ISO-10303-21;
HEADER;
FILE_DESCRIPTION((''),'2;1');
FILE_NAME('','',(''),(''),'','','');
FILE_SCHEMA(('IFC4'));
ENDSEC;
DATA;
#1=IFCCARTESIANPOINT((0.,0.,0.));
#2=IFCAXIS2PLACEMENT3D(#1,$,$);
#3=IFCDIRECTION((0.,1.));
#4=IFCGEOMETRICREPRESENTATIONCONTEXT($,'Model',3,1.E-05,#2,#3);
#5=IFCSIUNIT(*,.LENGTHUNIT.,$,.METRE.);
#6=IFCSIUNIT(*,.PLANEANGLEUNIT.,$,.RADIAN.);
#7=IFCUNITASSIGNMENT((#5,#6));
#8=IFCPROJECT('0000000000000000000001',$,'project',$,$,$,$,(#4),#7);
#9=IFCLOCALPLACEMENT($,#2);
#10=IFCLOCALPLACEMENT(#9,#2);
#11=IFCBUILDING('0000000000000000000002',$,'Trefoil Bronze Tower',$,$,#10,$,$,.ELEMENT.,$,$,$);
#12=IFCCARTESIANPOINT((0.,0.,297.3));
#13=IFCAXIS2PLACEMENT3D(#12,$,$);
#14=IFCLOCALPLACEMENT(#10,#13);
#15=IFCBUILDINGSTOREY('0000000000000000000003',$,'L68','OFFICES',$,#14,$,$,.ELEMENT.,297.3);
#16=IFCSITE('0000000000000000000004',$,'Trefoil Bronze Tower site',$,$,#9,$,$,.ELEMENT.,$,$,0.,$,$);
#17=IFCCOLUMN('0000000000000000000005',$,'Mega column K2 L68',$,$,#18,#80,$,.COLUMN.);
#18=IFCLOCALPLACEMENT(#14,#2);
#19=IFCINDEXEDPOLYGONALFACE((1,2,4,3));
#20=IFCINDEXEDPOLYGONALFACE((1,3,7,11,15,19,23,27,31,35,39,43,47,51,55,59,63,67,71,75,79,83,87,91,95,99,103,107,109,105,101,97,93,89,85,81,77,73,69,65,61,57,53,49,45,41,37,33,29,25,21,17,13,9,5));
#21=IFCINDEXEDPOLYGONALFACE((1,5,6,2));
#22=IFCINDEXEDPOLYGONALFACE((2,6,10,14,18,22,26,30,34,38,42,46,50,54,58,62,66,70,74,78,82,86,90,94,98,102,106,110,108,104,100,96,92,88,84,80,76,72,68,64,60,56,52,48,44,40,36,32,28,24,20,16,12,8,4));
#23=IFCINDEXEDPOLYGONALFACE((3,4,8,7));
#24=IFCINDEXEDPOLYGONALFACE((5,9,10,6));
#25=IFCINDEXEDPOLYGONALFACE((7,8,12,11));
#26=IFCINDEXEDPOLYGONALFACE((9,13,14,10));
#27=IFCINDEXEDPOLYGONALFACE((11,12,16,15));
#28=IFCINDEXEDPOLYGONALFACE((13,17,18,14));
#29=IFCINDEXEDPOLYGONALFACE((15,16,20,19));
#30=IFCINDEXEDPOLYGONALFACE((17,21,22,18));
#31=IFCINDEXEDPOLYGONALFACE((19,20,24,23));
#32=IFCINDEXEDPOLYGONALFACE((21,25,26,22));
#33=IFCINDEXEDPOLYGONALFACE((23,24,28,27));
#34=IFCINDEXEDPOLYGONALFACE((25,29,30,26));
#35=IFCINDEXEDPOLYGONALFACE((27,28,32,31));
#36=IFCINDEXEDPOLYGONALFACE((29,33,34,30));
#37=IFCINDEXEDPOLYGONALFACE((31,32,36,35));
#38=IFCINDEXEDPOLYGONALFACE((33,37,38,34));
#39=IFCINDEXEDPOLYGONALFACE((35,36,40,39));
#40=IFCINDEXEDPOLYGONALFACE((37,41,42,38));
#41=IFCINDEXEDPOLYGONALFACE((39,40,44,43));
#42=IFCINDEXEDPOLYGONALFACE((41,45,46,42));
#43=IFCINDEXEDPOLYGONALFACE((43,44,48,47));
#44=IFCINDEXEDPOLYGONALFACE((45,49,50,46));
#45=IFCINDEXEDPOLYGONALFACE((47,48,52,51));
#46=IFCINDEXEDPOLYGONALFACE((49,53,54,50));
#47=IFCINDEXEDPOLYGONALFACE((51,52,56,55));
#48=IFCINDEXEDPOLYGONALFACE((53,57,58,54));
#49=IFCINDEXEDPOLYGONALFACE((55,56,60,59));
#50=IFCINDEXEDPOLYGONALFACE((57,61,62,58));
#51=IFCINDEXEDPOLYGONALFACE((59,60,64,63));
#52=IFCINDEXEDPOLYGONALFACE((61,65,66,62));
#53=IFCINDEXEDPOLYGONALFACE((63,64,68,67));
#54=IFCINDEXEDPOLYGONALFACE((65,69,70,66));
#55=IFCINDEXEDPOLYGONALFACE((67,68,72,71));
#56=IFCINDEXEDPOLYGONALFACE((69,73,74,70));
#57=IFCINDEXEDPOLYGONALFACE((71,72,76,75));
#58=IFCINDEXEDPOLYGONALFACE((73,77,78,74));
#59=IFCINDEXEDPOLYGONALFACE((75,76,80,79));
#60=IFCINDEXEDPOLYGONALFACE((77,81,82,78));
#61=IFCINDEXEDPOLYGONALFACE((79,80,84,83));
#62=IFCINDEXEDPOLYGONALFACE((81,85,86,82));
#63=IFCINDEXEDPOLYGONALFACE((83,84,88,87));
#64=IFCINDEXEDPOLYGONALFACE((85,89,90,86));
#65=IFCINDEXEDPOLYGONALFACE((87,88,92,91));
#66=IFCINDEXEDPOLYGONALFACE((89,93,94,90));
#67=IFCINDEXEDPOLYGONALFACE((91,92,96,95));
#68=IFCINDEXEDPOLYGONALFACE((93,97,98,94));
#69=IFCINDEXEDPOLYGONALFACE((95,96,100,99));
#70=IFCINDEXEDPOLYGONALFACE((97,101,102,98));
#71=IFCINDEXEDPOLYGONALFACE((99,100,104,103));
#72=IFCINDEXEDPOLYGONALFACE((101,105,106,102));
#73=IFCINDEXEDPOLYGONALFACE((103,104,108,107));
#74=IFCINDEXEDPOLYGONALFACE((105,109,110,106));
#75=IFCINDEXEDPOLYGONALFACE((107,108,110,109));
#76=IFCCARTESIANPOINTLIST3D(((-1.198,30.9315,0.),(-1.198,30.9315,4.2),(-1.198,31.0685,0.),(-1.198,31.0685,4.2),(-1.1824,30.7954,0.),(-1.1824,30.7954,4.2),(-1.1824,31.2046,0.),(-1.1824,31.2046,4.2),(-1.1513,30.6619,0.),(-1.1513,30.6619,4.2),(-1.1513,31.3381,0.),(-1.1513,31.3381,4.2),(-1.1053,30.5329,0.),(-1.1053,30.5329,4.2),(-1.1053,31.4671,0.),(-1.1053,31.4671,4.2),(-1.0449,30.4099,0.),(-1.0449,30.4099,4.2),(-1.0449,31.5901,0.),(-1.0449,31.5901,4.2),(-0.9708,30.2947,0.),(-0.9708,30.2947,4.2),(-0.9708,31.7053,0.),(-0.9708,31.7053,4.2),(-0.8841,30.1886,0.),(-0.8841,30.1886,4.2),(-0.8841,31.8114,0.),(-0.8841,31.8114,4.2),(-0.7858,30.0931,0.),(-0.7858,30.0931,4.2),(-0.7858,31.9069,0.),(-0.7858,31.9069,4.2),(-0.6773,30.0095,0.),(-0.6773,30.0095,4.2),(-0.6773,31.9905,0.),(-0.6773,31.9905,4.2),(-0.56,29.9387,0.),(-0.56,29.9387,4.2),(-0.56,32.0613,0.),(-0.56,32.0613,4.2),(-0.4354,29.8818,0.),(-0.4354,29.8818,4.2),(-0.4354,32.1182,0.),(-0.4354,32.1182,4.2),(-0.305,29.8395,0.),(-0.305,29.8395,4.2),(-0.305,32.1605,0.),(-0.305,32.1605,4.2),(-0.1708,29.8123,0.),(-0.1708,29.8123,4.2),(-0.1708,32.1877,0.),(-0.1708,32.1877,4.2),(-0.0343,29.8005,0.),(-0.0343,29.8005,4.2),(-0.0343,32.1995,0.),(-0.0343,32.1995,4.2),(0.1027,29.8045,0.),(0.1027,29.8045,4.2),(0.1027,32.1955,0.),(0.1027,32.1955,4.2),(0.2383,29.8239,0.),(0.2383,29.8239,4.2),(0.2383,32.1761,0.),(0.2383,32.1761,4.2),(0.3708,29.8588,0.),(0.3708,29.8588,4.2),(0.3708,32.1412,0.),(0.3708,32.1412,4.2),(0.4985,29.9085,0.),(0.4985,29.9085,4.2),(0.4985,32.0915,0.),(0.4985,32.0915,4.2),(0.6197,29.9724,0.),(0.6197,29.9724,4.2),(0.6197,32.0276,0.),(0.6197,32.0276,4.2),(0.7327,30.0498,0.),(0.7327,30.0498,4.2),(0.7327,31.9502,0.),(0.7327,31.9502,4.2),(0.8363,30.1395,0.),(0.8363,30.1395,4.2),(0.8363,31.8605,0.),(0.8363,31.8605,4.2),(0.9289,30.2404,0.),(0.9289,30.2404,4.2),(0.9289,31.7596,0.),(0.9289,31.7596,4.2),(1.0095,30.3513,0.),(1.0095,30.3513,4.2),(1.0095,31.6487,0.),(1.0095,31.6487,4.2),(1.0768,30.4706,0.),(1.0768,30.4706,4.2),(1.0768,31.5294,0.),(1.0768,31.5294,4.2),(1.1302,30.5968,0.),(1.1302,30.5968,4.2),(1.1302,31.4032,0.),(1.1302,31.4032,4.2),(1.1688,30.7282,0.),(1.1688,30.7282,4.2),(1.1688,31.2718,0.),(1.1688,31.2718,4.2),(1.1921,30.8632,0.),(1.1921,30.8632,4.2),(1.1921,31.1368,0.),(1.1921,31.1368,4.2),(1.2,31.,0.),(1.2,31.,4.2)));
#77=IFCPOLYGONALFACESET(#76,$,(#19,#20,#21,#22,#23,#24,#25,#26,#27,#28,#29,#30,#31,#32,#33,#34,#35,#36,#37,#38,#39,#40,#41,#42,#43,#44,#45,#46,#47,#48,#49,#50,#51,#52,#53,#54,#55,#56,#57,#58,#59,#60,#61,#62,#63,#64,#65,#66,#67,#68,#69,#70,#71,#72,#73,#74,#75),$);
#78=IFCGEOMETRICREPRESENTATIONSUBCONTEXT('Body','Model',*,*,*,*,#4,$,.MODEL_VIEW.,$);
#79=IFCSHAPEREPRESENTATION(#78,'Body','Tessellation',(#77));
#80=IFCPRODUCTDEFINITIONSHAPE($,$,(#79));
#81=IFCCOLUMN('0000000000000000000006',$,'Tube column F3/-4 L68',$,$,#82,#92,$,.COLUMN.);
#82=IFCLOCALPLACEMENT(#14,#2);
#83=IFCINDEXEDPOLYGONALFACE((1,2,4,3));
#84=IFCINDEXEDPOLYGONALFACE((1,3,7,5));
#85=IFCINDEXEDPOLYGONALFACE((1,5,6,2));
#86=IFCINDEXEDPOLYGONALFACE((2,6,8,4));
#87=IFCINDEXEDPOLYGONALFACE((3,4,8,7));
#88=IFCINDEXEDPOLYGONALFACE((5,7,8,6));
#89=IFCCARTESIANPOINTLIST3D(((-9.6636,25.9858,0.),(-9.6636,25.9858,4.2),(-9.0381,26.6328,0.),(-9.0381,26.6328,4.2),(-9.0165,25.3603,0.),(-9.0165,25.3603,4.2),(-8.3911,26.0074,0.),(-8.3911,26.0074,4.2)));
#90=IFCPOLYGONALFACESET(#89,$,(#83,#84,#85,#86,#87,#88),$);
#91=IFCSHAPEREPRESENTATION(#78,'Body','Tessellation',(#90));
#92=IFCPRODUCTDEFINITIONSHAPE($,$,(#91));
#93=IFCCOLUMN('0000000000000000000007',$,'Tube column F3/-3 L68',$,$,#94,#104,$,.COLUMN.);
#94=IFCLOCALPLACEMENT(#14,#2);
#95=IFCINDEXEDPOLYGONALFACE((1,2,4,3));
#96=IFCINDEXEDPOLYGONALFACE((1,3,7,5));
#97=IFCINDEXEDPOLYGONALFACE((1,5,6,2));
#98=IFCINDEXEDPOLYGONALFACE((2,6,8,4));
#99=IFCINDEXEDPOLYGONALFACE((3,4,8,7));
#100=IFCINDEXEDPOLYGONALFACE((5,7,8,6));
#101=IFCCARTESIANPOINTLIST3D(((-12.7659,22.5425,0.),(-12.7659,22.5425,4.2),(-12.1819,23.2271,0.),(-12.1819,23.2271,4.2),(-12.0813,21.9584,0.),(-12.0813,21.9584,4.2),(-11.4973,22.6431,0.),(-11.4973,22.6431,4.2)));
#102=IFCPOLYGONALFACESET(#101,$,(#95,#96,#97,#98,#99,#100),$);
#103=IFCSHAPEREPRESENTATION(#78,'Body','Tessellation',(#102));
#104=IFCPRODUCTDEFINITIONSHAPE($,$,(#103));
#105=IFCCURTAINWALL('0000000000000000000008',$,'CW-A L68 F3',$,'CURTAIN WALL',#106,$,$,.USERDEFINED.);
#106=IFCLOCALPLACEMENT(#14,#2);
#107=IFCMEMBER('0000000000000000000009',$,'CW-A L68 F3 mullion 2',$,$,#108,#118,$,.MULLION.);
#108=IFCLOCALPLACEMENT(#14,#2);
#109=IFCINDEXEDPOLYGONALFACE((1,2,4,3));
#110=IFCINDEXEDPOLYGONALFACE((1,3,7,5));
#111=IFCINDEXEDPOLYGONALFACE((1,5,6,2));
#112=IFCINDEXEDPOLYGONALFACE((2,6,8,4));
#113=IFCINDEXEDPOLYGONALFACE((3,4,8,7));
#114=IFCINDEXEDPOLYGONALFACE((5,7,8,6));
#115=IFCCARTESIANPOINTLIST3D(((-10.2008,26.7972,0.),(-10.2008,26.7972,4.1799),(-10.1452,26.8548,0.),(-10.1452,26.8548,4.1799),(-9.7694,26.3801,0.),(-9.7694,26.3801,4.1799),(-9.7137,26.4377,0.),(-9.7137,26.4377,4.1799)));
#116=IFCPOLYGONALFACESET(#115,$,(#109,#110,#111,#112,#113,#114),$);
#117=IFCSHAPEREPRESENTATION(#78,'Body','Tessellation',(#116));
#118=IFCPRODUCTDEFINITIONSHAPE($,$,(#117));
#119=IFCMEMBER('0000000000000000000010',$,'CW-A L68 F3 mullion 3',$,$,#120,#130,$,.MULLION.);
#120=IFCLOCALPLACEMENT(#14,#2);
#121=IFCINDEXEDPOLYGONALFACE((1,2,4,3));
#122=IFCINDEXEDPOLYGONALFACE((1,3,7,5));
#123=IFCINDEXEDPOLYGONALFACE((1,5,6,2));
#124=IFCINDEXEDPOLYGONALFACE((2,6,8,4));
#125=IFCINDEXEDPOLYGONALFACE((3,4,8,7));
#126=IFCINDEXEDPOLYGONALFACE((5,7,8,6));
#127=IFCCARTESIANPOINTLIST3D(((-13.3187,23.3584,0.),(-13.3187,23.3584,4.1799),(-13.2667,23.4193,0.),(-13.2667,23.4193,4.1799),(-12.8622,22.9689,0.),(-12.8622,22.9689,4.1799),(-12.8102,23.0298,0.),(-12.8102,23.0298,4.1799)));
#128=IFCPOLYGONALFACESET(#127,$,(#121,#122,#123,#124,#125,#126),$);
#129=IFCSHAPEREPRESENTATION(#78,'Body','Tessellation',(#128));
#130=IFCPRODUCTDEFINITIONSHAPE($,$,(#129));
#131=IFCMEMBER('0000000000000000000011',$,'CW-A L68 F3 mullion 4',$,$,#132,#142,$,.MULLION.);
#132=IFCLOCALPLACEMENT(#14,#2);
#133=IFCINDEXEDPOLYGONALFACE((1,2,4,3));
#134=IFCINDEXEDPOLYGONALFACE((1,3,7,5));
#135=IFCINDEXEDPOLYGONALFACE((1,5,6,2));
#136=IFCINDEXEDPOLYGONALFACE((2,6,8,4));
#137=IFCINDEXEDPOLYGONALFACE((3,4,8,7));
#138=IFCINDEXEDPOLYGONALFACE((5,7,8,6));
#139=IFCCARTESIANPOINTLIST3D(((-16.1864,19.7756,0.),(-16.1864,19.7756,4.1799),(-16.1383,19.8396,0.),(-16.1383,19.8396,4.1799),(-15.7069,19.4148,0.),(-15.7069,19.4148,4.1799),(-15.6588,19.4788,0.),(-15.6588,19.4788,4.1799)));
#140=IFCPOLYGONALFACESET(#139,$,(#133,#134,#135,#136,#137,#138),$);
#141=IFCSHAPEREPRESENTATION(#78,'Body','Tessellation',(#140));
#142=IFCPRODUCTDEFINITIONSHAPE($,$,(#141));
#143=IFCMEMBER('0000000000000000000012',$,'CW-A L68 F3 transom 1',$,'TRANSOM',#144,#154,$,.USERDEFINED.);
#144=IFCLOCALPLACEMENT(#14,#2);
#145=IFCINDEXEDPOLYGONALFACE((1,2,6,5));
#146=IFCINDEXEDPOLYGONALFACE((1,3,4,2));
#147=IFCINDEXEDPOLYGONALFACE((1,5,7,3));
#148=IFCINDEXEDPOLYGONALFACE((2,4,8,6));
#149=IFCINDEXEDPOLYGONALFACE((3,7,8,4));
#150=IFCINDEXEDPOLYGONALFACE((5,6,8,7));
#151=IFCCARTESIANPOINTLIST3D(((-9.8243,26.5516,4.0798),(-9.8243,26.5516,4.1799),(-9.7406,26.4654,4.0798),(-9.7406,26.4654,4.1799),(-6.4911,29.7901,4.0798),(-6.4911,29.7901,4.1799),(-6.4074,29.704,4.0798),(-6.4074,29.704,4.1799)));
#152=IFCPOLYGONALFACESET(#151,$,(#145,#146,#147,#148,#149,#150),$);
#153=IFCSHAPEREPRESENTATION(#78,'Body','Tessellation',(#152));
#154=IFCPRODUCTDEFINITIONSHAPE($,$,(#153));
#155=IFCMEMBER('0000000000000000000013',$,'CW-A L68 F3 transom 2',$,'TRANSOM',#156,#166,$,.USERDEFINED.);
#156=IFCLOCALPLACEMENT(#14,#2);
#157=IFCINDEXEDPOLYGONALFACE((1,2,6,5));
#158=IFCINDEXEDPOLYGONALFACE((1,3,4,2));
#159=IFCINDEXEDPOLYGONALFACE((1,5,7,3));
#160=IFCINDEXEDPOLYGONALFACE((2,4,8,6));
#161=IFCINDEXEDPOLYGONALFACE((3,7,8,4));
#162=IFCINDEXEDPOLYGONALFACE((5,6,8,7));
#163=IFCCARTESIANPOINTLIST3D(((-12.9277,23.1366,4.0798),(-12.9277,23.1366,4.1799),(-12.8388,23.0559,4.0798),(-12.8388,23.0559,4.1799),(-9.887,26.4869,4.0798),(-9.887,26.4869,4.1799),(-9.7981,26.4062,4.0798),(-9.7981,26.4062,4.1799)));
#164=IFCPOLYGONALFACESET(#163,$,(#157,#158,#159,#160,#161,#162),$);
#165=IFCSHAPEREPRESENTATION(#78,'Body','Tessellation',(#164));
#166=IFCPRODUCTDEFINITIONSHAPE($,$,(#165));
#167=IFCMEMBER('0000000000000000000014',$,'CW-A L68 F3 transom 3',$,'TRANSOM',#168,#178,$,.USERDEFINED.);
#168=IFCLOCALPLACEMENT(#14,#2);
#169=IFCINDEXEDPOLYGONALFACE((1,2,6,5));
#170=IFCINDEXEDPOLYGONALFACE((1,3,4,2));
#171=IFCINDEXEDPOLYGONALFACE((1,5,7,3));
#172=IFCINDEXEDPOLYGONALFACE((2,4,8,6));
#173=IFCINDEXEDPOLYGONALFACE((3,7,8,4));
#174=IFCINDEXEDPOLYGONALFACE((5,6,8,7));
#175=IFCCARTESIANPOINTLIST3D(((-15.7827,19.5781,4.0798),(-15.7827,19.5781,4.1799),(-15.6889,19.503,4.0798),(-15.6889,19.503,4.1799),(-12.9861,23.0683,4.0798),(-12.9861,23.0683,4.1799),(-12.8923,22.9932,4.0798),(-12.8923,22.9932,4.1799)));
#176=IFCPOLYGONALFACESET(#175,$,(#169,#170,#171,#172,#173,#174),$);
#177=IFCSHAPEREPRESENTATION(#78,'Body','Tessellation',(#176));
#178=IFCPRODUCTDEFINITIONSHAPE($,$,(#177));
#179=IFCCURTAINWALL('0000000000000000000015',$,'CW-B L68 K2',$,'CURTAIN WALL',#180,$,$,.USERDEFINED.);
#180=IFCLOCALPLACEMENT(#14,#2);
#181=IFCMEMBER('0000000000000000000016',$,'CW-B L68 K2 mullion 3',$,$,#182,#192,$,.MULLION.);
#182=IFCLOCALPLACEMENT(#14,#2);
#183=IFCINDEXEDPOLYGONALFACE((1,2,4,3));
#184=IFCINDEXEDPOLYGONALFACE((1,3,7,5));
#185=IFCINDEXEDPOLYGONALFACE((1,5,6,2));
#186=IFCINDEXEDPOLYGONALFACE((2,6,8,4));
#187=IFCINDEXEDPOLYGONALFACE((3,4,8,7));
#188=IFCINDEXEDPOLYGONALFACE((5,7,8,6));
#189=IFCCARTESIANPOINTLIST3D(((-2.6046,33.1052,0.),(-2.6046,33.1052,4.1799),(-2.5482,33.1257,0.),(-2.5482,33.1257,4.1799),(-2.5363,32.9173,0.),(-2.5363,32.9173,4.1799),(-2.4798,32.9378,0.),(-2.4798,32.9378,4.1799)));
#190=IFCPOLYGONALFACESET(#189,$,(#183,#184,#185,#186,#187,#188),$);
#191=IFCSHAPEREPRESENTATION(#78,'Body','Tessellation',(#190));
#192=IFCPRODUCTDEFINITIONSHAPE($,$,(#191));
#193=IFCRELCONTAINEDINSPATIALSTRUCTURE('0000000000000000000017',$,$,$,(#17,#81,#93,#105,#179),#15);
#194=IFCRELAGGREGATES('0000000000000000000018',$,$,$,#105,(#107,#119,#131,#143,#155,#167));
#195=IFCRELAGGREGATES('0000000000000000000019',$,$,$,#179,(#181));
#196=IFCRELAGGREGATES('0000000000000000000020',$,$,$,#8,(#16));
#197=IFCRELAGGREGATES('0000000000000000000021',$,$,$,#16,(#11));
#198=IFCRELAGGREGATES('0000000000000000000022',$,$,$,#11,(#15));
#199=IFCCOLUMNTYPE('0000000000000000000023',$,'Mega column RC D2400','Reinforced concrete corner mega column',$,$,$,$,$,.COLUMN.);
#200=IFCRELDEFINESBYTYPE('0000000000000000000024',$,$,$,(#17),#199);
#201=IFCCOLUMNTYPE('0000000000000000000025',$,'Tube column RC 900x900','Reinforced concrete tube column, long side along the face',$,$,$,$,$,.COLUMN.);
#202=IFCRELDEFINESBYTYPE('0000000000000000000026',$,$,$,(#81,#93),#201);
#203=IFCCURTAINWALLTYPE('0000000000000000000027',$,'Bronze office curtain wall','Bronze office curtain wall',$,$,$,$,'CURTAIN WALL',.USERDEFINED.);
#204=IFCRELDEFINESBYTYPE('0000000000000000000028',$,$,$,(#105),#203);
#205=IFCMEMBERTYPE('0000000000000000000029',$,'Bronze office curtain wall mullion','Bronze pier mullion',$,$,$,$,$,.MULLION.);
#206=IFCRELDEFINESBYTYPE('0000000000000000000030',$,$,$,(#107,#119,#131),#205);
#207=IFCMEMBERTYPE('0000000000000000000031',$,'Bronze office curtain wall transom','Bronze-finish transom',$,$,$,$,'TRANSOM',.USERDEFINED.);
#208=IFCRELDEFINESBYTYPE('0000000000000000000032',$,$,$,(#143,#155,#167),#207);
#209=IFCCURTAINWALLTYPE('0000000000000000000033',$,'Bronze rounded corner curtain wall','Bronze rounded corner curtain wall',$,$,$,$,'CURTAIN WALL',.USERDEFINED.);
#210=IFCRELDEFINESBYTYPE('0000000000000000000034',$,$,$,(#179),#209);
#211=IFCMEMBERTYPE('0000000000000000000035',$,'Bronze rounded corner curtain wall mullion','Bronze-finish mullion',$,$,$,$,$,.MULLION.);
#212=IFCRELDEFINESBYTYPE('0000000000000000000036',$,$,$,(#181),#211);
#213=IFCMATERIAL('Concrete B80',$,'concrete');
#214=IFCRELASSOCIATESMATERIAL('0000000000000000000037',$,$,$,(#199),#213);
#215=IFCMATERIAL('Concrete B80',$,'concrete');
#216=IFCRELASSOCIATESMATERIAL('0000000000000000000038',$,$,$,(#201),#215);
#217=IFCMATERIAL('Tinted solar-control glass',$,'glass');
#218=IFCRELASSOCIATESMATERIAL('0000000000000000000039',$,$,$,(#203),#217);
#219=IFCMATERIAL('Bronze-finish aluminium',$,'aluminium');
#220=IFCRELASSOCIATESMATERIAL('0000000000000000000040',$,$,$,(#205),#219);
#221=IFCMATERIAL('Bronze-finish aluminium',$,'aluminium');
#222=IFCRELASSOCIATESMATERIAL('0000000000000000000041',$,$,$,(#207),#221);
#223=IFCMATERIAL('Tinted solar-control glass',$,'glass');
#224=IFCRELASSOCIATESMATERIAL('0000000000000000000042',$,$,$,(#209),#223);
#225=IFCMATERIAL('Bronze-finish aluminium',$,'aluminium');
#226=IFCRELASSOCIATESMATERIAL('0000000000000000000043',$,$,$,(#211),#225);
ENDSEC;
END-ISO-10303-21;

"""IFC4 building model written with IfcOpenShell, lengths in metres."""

from ifc_helpers import new_model, si_unit, direction, frame, origin, origin_2d, place, context, subcontext, project, spatial, rectangle, circle, extrude, material, material_profile, profile_set, type_object, element, aggregate, save


model = new_model("IFC4")

# Units and contexts
model_context = context("Model", 3, precision=1e-05, world=origin(), true_north=direction((0.0, 1.0)))
body_context = subcontext(model_context, "Body", "Model", "MODEL_VIEW")
ifc_project = project(units=[si_unit("LENGTHUNIT", "METRE"), si_unit("PLANEANGLEUNIT", "RADIAN")], contexts=[model_context])

# Site, building, storey
site_placement = place(None, origin())
site = spatial("IfcSite", under=ifc_project, at=site_placement, Name="Trefoil Bronze Tower site", CompositionType="ELEMENT", RefElevation=0.0)
building_placement = place(site_placement, origin())
building = spatial("IfcBuilding", under=site, at=building_placement, Name="Trefoil Bronze Tower", CompositionType="ELEMENT")
storey_placement = place(building_placement, frame((0.0, 0.0, 297.3)))
storey = spatial("IfcBuildingStorey", under=building, at=storey_placement, Name="L68", Description="OFFICES", CompositionType="ELEMENT", Elevation=297.3)

# Columns
ifc_material_1 = material(Name="Concrete B80", Category="concrete")
ifc_material_profile_1 = material_profile(ifc_material_1, circle(Radius=1.2, at=origin_2d()), Name="RC D2400")
ifc_profile_set_1 = profile_set([ifc_material_profile_1], Name="Concrete B80")
column_type_1 = type_object("IfcColumnType", Name="Mega column RC D2400", Description="Reinforced concrete corner mega column", PredefinedType="COLUMN", material=ifc_profile_set_1)
column_placement = place(storey_placement, frame((0.0, 31.0, 0.0), z_axis=(0.0, 0.0, 1.0), x_axis=(1.0, 0.0, 0.0)))
element("IfcColumn", 1, at=column_placement, inside=storey, type_object=column_type_1, Name="Mega column K2 L68", PredefinedType="COLUMN", context=body_context, shape_type="SweptSolid", body=[
    extrude(circle(Radius=1.2, at=origin_2d()), origin(), (0.0, 0.0, 1.0), 4.2),
])
ifc_material_2 = material(Name="Concrete B80", Category="concrete")
ifc_material_profile_2 = material_profile(ifc_material_2, rectangle(XDim=0.8999, YDim=0.8999, at=origin_2d()), Name="RC 900x900")
ifc_profile_set_2 = profile_set([ifc_material_profile_2], Name="Concrete B80")
column_type_2 = type_object("IfcColumnType", Name="Tube column RC 900x900", Description="Reinforced concrete tube column, long side along the face", PredefinedType="COLUMN", material=ifc_profile_set_2)
for number, where, z_axis, x_axis, name in (
    (2, (-9.0273, 25.9966, 0.0), (0.0, 0.0, 1.0), (-0.695009, -0.719001, 0.0), "Tube column F3/-4 L68"),
    (3, (-12.1316, 22.5928, 0.0), (0.0, 0.0, 1.0), (-0.649008, -0.760781, 0.0), "Tube column F3/-3 L68"),
):
    element("IfcColumn", number, at=place(storey_placement, frame(where, z_axis=z_axis, x_axis=x_axis)), inside=storey, type_object=column_type_2, Name=name, PredefinedType="COLUMN", context=body_context, shape_type="SweptSolid", body=[
        extrude(rectangle(XDim=0.8999, YDim=0.8999, at=origin_2d()), origin(), (0.0, 0.0, 1.0), 4.2),
    ])

# Curtain walls, members
ifc_material_3 = material(Name="Tinted solar-control glass", Category="glass")
curtain_wall_type_1 = type_object("IfcCurtainWallType", Name="Bronze office curtain wall", Description="Bronze office curtain wall", ElementType="CURTAIN WALL", PredefinedType="USERDEFINED", material=ifc_material_3)
curtain_wall_1_placement = place(storey_placement, origin())
curtain_wall_1 = element("IfcCurtainWall", 4, at=curtain_wall_1_placement, inside=storey, type_object=curtain_wall_type_1, Name="CW-A L68 F3", ObjectType="CURTAIN WALL", PredefinedType="USERDEFINED")
ifc_material_4 = material(Name="Bronze-finish aluminium", Category="aluminium")
ifc_material_profile_3 = material_profile(ifc_material_4, rectangle(XDim=0.6001, YDim=0.0801, at=origin_2d()), Name="CW-A mullion")
ifc_profile_set_3 = profile_set([ifc_material_profile_3], Name="Bronze-finish aluminium")
member_type_1 = type_object("IfcMemberType", Name="Bronze office curtain wall mullion", Description="Bronze pier mullion", PredefinedType="MULLION", material=ifc_profile_set_3)
member_1_placement = place(storey_placement, frame((-9.9573, 26.6174, 0.0), z_axis=(0.0, 0.0, 1.0), x_axis=(0.719001, -0.695009, 0.0)))
member_1 = element("IfcMember", 5, at=member_1_placement, type_object=member_type_1, Name="CW-A L68 F3 mullion 2", PredefinedType="MULLION", context=body_context, shape_type="SweptSolid", body=[
    extrude(rectangle(XDim=0.6001, YDim=0.0801, at=origin_2d()), origin(), (0.0, 0.0, 1.0), 4.1799),
])
member_2_placement = place(storey_placement, frame((-13.0645, 23.1941, 0.0), z_axis=(0.0, 0.0, 1.0), x_axis=(0.760781, -0.649008, 0.0)))
member_2 = element("IfcMember", 6, at=member_2_placement, type_object=member_type_1, Name="CW-A L68 F3 mullion 3", PredefinedType="MULLION", context=body_context, shape_type="SweptSolid", body=[
    extrude(rectangle(XDim=0.6001, YDim=0.0801, at=origin_2d()), origin(), (0.0, 0.0, 1.0), 4.1799),
])
member_3_placement = place(storey_placement, frame((-15.9226, 19.6272, 0.0), z_axis=(0.0, 0.0, 1.0), x_axis=(0.799096, -0.601203, 0.0)))
member_3 = element("IfcMember", 7, at=member_3_placement, type_object=member_type_1, Name="CW-A L68 F3 mullion 4", PredefinedType="MULLION", context=body_context, shape_type="SweptSolid", body=[
    extrude(rectangle(XDim=0.6001, YDim=0.0801, at=origin_2d()), origin(), (0.0, 0.0, 1.0), 4.1799),
])
ifc_material_5 = material(Name="Bronze-finish aluminium", Category="aluminium")
ifc_material_profile_4 = material_profile(ifc_material_5, rectangle(XDim=0.1201, YDim=0.1001, at=origin_2d()), Name="CW-A transom")
ifc_profile_set_4 = profile_set([ifc_material_profile_4], Name="Bronze-finish aluminium")
member_type_2 = type_object("IfcMemberType", Name="Bronze office curtain wall transom", Description="Bronze-finish transom", ElementType="TRANSOM", PredefinedType="USERDEFINED", material=ifc_profile_set_4)
member_4_placement = place(storey_placement, frame((-6.4492, 29.7471, 4.1299), z_axis=(-0.717225, -0.696842, 0.0), x_axis=(0.696842, -0.717225, 0.0)))
member_4 = element("IfcMember", 8, at=member_4_placement, type_object=member_type_2, Name="CW-A L68 F3 transom 1", ObjectType="TRANSOM", PredefinedType="USERDEFINED", context=body_context, shape_type="SweptSolid", body=[
    extrude(rectangle(XDim=0.1201, YDim=0.1001, at=origin_2d()), origin(), (0.0, 0.0, 1.0), 4.6475),
])
member_5_placement = place(storey_placement, frame((-9.8425, 26.4465, 4.1299), z_axis=(-0.672068, -0.740489, 0.0), x_axis=(0.740489, -0.672068, 0.0)))
member_5 = element("IfcMember", 9, at=member_5_placement, type_object=member_type_2, Name="CW-A L68 F3 transom 2", ObjectType="TRANSOM", PredefinedType="USERDEFINED", context=body_context, shape_type="SweptSolid", body=[
    extrude(rectangle(XDim=0.1201, YDim=0.1001, at=origin_2d()), origin(), (0.0, 0.0, 1.0), 4.5244),
])
member_6_placement = place(storey_placement, frame((-12.9392, 23.0308, 4.1299), z_axis=(-0.625301, -0.780384, 0.0), x_axis=(0.780384, -0.625301, 0.0)))
member_6 = element("IfcMember", 10, at=member_6_placement, type_object=member_type_2, Name="CW-A L68 F3 transom 3", ObjectType="TRANSOM", PredefinedType="USERDEFINED", context=body_context, shape_type="SweptSolid", body=[
    extrude(rectangle(XDim=0.1201, YDim=0.1001, at=origin_2d()), origin(), (0.0, 0.0, 1.0), 4.4724),
])
ifc_material_6 = material(Name="Tinted solar-control glass", Category="glass")
curtain_wall_type_2 = type_object("IfcCurtainWallType", Name="Bronze rounded corner curtain wall", Description="Bronze rounded corner curtain wall", ElementType="CURTAIN WALL", PredefinedType="USERDEFINED", material=ifc_material_6)
curtain_wall_2_placement = place(storey_placement, origin())
curtain_wall_2 = element("IfcCurtainWall", 11, at=curtain_wall_2_placement, inside=storey, type_object=curtain_wall_type_2, Name="CW-B L68 K2", ObjectType="CURTAIN WALL", PredefinedType="USERDEFINED")
ifc_material_7 = material(Name="Bronze-finish aluminium", Category="aluminium")
ifc_material_profile_5 = material_profile(ifc_material_7, rectangle(XDim=0.2, YDim=0.0601, at=origin_2d()), Name="CW-B mullion")
ifc_profile_set_5 = profile_set([ifc_material_profile_5], Name="Bronze-finish aluminium")
member_type_3 = type_object("IfcMemberType", Name="Bronze rounded corner curtain wall mullion", Description="Bronze-finish mullion", PredefinedType="MULLION", material=ifc_profile_set_5)
member_7_placement = place(storey_placement, frame((-2.5422, 33.0215, 0.0), z_axis=(0.0, 0.0, 1.0), x_axis=(0.34202, -0.939693, 0.0)))
member_7 = element("IfcMember", 12, at=member_7_placement, type_object=member_type_3, Name="CW-B L68 K2 mullion 3", PredefinedType="MULLION", context=body_context, shape_type="SweptSolid", body=[
    extrude(rectangle(XDim=0.2, YDim=0.0601, at=origin_2d()), origin(), (0.0, 0.0, 1.0), 4.1799),
])

aggregate(curtain_wall_1, [member_1, member_2, member_3, member_4, member_5, member_6])
aggregate(curtain_wall_2, [member_7])

save(model, "model.ifc")
